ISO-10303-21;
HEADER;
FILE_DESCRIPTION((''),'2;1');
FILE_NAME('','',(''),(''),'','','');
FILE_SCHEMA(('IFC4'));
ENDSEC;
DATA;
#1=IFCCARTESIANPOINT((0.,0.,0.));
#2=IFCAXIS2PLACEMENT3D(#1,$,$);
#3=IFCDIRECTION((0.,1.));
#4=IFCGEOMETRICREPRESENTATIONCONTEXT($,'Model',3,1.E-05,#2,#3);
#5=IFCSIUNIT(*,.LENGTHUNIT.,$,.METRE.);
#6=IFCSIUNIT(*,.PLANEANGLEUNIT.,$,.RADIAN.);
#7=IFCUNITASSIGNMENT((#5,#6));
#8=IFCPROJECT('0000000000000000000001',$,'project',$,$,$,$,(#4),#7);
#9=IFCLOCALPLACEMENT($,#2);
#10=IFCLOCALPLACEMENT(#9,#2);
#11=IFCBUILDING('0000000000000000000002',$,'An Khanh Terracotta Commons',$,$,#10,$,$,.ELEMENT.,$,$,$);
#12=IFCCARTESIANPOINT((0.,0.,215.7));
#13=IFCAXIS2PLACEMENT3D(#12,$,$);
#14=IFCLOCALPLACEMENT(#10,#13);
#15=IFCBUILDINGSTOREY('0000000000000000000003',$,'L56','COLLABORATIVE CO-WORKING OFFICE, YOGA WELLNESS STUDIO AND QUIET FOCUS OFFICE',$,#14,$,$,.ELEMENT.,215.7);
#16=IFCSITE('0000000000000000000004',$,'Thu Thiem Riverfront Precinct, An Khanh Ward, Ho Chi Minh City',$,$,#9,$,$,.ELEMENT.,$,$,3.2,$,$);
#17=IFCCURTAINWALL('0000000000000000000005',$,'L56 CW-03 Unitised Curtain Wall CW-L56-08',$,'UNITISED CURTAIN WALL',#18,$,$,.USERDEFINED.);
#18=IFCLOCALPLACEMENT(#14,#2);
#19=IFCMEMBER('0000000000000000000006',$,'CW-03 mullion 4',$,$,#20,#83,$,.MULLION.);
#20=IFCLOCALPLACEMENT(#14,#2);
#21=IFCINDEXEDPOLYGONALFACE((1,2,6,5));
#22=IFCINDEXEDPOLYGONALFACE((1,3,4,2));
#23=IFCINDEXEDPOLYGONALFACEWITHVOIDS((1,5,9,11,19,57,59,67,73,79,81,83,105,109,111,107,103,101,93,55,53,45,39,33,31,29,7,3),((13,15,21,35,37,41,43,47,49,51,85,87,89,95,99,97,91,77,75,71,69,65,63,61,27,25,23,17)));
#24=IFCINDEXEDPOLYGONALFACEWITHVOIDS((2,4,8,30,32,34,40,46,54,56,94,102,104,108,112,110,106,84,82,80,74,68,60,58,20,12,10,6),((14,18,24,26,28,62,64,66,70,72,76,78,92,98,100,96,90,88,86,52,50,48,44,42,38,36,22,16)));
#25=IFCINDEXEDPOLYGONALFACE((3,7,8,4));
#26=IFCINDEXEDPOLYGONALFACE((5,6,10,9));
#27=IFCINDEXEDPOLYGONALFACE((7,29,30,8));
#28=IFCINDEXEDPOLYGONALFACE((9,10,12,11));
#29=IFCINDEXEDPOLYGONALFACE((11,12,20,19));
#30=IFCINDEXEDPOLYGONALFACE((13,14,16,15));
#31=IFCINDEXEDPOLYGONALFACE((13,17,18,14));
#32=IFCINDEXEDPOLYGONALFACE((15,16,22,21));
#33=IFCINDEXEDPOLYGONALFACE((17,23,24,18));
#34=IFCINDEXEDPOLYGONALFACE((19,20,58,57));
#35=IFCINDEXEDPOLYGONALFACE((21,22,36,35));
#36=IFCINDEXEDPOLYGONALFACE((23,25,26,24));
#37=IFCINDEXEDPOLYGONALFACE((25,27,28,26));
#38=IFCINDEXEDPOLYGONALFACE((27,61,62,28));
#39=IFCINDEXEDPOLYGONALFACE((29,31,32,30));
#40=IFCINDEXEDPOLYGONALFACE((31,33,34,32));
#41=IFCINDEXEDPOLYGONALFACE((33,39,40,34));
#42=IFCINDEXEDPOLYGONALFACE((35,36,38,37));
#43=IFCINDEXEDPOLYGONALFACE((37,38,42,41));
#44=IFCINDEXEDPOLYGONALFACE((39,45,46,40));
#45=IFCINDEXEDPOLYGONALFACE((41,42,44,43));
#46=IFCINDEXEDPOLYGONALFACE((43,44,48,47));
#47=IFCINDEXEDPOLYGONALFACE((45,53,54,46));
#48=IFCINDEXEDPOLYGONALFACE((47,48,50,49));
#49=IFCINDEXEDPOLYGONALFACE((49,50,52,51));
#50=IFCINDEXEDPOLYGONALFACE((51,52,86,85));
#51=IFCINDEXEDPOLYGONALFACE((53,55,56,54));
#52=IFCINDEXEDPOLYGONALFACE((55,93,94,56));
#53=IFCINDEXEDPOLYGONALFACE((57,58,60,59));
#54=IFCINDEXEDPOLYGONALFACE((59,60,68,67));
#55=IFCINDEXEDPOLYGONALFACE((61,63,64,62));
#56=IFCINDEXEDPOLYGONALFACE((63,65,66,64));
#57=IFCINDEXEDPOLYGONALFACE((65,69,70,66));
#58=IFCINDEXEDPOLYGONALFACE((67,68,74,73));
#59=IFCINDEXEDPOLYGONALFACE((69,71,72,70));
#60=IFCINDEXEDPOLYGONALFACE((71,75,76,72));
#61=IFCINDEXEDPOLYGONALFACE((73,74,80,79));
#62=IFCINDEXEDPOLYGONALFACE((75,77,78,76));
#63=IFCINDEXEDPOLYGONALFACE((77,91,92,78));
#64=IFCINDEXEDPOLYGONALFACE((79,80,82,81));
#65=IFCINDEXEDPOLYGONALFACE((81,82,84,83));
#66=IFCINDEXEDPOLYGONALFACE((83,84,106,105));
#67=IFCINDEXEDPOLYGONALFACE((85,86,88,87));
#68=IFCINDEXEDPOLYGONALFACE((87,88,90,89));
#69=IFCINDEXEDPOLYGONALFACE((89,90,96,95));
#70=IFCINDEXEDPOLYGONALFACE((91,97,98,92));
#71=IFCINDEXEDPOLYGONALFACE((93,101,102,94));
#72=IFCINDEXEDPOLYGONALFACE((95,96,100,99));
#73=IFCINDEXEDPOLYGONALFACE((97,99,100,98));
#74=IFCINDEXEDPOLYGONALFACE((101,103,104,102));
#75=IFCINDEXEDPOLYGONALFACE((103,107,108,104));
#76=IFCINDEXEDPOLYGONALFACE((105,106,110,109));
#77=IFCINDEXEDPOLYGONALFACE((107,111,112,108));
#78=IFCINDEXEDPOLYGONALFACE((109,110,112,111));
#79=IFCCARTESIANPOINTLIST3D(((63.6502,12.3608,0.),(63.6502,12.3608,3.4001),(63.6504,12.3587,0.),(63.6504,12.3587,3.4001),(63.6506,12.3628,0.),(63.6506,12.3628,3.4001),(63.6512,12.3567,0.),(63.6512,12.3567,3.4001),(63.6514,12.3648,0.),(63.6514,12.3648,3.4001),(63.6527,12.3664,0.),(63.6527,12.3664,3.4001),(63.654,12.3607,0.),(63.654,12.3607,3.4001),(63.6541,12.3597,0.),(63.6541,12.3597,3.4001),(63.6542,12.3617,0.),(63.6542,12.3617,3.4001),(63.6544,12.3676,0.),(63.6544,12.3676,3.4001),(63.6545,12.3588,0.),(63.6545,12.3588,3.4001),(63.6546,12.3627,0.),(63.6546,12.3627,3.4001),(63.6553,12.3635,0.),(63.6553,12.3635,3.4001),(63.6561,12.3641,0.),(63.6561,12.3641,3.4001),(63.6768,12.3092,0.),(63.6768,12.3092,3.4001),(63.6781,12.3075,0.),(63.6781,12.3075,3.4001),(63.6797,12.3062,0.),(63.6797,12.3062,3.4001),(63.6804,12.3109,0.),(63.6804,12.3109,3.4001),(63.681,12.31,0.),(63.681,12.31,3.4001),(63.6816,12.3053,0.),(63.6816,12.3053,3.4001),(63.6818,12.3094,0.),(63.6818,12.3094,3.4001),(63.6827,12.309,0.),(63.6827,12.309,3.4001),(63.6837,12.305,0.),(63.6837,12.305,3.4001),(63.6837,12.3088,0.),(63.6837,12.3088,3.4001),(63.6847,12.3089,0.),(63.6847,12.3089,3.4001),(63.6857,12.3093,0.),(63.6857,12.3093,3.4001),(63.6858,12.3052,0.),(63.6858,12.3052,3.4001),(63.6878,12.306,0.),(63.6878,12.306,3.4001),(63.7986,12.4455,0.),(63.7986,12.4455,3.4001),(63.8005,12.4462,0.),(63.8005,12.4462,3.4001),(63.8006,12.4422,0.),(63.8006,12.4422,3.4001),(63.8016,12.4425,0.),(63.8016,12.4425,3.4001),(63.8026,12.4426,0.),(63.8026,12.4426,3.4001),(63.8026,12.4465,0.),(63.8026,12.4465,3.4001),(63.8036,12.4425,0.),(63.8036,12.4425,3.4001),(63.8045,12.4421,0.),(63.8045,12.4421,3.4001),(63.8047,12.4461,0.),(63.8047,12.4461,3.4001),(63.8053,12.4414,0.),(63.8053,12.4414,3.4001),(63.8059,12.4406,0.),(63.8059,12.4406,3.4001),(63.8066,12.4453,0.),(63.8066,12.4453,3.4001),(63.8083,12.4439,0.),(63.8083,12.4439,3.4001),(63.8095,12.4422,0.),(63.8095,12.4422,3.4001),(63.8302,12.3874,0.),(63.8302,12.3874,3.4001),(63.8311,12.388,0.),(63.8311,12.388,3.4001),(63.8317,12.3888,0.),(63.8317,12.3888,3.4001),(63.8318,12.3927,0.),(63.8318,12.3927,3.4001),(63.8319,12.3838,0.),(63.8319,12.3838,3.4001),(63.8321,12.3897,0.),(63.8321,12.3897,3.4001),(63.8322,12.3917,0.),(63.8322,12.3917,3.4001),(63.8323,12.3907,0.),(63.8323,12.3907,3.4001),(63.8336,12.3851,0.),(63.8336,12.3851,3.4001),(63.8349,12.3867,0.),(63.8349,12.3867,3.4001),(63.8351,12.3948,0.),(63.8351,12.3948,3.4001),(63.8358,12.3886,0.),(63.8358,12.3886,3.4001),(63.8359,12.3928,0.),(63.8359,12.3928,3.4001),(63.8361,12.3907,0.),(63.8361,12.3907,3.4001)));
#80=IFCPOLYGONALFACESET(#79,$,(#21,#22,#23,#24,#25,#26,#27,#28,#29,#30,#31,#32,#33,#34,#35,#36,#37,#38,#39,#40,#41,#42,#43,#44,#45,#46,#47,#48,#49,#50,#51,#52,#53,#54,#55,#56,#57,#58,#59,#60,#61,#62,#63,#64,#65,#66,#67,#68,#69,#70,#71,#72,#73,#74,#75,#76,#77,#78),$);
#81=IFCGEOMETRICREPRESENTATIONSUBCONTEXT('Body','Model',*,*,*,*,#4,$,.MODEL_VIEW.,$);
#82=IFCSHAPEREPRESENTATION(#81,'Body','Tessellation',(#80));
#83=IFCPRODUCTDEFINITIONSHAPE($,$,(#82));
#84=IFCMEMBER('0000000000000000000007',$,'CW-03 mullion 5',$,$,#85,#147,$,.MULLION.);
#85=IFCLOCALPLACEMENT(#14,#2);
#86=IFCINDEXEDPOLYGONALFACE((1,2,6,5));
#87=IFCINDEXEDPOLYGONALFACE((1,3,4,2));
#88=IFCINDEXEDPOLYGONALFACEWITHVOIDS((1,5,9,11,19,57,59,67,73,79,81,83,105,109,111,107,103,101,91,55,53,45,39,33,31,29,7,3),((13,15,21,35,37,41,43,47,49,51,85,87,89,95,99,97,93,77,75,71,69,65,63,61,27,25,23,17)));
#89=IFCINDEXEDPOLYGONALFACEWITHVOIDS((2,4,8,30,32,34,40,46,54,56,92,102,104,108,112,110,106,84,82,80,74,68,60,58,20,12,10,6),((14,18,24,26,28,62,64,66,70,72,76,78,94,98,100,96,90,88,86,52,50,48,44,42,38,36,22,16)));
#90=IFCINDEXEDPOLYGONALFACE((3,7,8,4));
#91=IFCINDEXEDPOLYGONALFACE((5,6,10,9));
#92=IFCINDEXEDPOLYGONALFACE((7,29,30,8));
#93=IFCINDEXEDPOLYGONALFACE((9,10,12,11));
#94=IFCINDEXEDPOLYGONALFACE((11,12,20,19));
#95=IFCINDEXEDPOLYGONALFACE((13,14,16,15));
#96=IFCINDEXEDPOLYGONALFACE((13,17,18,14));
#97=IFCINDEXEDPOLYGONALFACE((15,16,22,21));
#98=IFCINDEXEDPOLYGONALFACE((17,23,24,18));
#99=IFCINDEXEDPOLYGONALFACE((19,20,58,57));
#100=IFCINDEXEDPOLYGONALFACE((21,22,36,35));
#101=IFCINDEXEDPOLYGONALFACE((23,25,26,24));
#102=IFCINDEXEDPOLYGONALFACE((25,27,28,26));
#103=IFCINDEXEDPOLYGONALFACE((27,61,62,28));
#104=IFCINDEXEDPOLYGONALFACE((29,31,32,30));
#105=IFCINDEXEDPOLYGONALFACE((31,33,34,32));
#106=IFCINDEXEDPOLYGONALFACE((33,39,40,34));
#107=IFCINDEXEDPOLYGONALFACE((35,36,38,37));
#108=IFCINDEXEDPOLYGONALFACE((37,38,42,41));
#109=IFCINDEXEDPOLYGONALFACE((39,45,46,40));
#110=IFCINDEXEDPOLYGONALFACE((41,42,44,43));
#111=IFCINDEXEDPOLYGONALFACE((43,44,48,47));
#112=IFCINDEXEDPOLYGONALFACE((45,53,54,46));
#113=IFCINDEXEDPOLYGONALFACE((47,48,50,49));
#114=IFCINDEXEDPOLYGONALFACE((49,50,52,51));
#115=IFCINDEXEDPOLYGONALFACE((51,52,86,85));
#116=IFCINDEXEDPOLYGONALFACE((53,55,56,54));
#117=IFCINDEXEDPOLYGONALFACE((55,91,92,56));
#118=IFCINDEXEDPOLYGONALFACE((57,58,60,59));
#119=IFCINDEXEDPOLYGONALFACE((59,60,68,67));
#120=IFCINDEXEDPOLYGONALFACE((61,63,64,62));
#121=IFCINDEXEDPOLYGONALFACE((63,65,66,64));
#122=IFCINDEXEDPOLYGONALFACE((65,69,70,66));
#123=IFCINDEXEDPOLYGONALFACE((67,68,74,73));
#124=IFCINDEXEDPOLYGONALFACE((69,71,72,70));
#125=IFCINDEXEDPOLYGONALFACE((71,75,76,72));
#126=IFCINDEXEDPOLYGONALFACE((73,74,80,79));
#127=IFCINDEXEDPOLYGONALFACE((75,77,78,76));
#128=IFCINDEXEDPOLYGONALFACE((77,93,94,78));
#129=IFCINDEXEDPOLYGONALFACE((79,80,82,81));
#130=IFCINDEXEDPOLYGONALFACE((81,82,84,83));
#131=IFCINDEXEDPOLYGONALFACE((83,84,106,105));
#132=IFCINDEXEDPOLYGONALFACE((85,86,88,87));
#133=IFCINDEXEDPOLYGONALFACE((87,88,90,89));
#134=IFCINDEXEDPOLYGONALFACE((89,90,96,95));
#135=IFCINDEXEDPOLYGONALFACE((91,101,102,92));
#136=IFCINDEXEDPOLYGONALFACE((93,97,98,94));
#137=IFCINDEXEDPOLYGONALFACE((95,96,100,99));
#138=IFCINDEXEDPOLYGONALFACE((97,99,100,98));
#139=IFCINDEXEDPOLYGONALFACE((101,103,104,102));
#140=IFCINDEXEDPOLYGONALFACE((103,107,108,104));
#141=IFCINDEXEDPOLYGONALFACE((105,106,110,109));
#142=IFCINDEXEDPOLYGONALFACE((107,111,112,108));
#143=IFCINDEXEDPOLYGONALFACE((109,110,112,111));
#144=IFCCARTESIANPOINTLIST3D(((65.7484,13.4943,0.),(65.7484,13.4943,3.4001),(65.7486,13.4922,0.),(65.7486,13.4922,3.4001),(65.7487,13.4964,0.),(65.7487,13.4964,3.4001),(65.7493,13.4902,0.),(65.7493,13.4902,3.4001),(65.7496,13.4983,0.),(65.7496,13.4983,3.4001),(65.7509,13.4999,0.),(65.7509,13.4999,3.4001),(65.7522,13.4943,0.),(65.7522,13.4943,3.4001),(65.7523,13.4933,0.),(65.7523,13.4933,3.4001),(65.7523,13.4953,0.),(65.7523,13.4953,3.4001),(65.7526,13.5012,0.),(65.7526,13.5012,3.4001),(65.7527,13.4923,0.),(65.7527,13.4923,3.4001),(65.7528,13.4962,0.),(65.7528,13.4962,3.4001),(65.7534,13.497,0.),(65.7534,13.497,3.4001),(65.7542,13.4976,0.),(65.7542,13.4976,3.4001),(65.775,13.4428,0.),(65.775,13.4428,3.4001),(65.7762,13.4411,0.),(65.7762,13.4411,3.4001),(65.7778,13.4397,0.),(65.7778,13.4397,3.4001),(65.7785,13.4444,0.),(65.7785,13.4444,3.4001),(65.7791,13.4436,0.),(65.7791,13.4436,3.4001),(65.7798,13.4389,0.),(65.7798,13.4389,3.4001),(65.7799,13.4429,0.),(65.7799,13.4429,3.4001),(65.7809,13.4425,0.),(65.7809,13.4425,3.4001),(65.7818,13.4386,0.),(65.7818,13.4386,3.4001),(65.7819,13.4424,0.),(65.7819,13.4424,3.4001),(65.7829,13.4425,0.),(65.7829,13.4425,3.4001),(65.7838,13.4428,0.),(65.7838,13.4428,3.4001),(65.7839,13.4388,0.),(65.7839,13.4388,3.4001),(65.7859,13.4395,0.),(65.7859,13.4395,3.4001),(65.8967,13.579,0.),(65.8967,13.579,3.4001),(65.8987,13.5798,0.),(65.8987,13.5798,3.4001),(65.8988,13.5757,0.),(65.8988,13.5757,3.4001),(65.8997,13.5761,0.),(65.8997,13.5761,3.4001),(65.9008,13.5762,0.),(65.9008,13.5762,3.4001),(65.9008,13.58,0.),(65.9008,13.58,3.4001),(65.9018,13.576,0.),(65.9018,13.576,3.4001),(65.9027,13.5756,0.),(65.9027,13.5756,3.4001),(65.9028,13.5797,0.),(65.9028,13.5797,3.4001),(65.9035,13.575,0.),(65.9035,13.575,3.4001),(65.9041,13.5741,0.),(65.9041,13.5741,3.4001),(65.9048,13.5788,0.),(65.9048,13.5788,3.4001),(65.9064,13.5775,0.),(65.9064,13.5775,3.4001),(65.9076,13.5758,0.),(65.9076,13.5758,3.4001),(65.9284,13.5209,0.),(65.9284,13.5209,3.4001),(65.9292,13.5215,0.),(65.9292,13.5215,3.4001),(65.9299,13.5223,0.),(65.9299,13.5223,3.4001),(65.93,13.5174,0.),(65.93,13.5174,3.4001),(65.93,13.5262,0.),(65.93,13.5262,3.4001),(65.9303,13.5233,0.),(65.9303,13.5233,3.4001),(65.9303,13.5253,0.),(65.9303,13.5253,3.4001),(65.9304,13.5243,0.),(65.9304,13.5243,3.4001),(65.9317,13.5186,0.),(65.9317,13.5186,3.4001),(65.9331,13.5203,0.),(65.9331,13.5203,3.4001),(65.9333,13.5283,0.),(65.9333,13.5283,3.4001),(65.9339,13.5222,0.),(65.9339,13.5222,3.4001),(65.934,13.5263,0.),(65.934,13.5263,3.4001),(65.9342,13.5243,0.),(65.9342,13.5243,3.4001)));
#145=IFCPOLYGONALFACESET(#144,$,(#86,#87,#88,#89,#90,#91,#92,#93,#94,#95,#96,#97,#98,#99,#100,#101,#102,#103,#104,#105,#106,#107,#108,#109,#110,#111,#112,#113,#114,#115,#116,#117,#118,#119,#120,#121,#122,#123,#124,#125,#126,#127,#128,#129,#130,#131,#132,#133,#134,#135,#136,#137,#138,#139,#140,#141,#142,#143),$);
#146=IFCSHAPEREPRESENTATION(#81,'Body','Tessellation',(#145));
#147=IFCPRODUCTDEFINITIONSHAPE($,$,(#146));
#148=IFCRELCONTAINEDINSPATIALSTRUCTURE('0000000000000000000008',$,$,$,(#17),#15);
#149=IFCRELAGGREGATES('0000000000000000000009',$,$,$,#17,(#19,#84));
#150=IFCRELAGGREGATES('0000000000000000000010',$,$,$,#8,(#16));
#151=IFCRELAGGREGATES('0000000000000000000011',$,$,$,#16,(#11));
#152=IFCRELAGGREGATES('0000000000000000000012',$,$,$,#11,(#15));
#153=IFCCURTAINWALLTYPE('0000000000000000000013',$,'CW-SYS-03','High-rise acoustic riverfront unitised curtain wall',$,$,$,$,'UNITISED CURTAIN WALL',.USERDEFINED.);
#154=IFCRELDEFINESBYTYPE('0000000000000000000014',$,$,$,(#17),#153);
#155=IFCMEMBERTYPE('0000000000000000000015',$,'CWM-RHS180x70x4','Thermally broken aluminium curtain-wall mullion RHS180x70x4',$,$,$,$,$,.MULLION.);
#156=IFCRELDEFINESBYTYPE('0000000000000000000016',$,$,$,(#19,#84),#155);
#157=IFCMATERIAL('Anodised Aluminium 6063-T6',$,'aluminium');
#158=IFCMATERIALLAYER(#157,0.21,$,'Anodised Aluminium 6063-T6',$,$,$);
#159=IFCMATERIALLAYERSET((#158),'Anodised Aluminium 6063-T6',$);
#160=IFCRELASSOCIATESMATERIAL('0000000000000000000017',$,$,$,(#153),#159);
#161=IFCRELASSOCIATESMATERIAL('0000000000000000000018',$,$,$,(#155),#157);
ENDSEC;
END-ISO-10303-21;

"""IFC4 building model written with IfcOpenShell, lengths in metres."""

from ifc_helpers import new_model, si_unit, direction, frame, origin, origin_2d, place, context, subcontext, project, spatial, hollow_rectangle, extrude, material, layer, layer_set, material_profile, profile_set, type_object, element, aggregate, save


model = new_model("IFC4")

# Units and contexts
model_context = context("Model", 3, precision=1e-05, world=origin(), true_north=direction((0.0, 1.0)))
body_context = subcontext(model_context, "Body", "Model", "MODEL_VIEW")
ifc_project = project(units=[si_unit("LENGTHUNIT", "METRE"), si_unit("PLANEANGLEUNIT", "RADIAN")], contexts=[model_context])

# Site, building, storey
site_placement = place(None, origin())
site = spatial("IfcSite", under=ifc_project, at=site_placement, Name="Thu Thiem Riverfront Precinct, An Khanh Ward, Ho Chi Minh City", CompositionType="ELEMENT", RefElevation=3.2)
building_placement = place(site_placement, origin())
building = spatial("IfcBuilding", under=site, at=building_placement, Name="An Khanh Terracotta Commons", CompositionType="ELEMENT")
storey_placement = place(building_placement, frame((0.0, 0.0, 215.7)))
storey = spatial("IfcBuildingStorey", under=building, at=storey_placement, Name="L56", Description="COLLABORATIVE CO-WORKING OFFICE, YOGA WELLNESS STUDIO AND QUIET FOCUS OFFICE", CompositionType="ELEMENT", Elevation=215.7)

# Curtain wall, members
ifc_material_1 = material(Name="Anodised Aluminium 6063-T6", Category="aluminium")
ifc_layer_1 = layer(ifc_material_1, 0.21, Name="Anodised Aluminium 6063-T6")
ifc_layer_set_1 = layer_set([ifc_layer_1], Name="Anodised Aluminium 6063-T6")
curtain_wall_type = type_object("IfcCurtainWallType", Name="CW-SYS-03", Description="High-rise acoustic riverfront unitised curtain wall", ElementType="UNITISED CURTAIN WALL", PredefinedType="USERDEFINED", material=ifc_layer_set_1)
curtain_wall_1_placement = place(storey_placement, origin())
curtain_wall_1 = element("IfcCurtainWall", 1, at=curtain_wall_1_placement, inside=storey, type_object=curtain_wall_type, Name="L56 CW-03 Unitised Curtain Wall CW-L56-08", ObjectType="UNITISED CURTAIN WALL", PredefinedType="USERDEFINED")
ifc_material_profile_1 = material_profile(ifc_material_1, hollow_rectangle(XDim=0.0701, YDim=0.1799, WallThickness=0.0039, InnerFilletRadius=0.0039, OuterFilletRadius=0.0081, at=origin_2d()), Name="RHS180x70x4")
ifc_profile_set_1 = profile_set([ifc_material_profile_1], Name="Anodised Aluminium 6063-T6")
member_type_1 = type_object("IfcMemberType", Name="CWM-RHS180x70x4", Description="Thermally broken aluminium curtain-wall mullion RHS180x70x4", PredefinedType="MULLION", material=ifc_profile_set_1)
member_1_placement = place(storey_placement, frame((63.7432, 12.3757, 0.0), z_axis=(0.0, 0.0, 1.0), x_axis=(-0.475381, 0.87978, 0.0)))
member_1 = element("IfcMember", 2, at=member_1_placement, type_object=member_type_1, Name="CW-03 mullion 4", PredefinedType="MULLION", context=body_context, shape_type="SweptSolid", body=[
    extrude(hollow_rectangle(XDim=0.0701, YDim=0.1799, WallThickness=0.0039, InnerFilletRadius=0.0039, OuterFilletRadius=0.0081, at=origin_2d()), origin(), (0.0, 0.0, 1.0), 3.4001),
])
member_2_placement = place(storey_placement, frame((65.8413, 13.5093, 0.0), z_axis=(0.0, 0.0, 1.0), x_axis=(-0.475381, 0.87978, 0.0)))
member_2 = element("IfcMember", 3, at=member_2_placement, type_object=member_type_1, Name="CW-03 mullion 5", PredefinedType="MULLION", context=body_context, shape_type="SweptSolid", body=[
    extrude(hollow_rectangle(XDim=0.0701, YDim=0.1799, WallThickness=0.0039, InnerFilletRadius=0.0039, OuterFilletRadius=0.0081, at=origin_2d()), origin(), (0.0, 0.0, 1.0), 3.4001),
])

aggregate(curtain_wall_1, [member_1, member_2])

save(model, "model.ifc")
